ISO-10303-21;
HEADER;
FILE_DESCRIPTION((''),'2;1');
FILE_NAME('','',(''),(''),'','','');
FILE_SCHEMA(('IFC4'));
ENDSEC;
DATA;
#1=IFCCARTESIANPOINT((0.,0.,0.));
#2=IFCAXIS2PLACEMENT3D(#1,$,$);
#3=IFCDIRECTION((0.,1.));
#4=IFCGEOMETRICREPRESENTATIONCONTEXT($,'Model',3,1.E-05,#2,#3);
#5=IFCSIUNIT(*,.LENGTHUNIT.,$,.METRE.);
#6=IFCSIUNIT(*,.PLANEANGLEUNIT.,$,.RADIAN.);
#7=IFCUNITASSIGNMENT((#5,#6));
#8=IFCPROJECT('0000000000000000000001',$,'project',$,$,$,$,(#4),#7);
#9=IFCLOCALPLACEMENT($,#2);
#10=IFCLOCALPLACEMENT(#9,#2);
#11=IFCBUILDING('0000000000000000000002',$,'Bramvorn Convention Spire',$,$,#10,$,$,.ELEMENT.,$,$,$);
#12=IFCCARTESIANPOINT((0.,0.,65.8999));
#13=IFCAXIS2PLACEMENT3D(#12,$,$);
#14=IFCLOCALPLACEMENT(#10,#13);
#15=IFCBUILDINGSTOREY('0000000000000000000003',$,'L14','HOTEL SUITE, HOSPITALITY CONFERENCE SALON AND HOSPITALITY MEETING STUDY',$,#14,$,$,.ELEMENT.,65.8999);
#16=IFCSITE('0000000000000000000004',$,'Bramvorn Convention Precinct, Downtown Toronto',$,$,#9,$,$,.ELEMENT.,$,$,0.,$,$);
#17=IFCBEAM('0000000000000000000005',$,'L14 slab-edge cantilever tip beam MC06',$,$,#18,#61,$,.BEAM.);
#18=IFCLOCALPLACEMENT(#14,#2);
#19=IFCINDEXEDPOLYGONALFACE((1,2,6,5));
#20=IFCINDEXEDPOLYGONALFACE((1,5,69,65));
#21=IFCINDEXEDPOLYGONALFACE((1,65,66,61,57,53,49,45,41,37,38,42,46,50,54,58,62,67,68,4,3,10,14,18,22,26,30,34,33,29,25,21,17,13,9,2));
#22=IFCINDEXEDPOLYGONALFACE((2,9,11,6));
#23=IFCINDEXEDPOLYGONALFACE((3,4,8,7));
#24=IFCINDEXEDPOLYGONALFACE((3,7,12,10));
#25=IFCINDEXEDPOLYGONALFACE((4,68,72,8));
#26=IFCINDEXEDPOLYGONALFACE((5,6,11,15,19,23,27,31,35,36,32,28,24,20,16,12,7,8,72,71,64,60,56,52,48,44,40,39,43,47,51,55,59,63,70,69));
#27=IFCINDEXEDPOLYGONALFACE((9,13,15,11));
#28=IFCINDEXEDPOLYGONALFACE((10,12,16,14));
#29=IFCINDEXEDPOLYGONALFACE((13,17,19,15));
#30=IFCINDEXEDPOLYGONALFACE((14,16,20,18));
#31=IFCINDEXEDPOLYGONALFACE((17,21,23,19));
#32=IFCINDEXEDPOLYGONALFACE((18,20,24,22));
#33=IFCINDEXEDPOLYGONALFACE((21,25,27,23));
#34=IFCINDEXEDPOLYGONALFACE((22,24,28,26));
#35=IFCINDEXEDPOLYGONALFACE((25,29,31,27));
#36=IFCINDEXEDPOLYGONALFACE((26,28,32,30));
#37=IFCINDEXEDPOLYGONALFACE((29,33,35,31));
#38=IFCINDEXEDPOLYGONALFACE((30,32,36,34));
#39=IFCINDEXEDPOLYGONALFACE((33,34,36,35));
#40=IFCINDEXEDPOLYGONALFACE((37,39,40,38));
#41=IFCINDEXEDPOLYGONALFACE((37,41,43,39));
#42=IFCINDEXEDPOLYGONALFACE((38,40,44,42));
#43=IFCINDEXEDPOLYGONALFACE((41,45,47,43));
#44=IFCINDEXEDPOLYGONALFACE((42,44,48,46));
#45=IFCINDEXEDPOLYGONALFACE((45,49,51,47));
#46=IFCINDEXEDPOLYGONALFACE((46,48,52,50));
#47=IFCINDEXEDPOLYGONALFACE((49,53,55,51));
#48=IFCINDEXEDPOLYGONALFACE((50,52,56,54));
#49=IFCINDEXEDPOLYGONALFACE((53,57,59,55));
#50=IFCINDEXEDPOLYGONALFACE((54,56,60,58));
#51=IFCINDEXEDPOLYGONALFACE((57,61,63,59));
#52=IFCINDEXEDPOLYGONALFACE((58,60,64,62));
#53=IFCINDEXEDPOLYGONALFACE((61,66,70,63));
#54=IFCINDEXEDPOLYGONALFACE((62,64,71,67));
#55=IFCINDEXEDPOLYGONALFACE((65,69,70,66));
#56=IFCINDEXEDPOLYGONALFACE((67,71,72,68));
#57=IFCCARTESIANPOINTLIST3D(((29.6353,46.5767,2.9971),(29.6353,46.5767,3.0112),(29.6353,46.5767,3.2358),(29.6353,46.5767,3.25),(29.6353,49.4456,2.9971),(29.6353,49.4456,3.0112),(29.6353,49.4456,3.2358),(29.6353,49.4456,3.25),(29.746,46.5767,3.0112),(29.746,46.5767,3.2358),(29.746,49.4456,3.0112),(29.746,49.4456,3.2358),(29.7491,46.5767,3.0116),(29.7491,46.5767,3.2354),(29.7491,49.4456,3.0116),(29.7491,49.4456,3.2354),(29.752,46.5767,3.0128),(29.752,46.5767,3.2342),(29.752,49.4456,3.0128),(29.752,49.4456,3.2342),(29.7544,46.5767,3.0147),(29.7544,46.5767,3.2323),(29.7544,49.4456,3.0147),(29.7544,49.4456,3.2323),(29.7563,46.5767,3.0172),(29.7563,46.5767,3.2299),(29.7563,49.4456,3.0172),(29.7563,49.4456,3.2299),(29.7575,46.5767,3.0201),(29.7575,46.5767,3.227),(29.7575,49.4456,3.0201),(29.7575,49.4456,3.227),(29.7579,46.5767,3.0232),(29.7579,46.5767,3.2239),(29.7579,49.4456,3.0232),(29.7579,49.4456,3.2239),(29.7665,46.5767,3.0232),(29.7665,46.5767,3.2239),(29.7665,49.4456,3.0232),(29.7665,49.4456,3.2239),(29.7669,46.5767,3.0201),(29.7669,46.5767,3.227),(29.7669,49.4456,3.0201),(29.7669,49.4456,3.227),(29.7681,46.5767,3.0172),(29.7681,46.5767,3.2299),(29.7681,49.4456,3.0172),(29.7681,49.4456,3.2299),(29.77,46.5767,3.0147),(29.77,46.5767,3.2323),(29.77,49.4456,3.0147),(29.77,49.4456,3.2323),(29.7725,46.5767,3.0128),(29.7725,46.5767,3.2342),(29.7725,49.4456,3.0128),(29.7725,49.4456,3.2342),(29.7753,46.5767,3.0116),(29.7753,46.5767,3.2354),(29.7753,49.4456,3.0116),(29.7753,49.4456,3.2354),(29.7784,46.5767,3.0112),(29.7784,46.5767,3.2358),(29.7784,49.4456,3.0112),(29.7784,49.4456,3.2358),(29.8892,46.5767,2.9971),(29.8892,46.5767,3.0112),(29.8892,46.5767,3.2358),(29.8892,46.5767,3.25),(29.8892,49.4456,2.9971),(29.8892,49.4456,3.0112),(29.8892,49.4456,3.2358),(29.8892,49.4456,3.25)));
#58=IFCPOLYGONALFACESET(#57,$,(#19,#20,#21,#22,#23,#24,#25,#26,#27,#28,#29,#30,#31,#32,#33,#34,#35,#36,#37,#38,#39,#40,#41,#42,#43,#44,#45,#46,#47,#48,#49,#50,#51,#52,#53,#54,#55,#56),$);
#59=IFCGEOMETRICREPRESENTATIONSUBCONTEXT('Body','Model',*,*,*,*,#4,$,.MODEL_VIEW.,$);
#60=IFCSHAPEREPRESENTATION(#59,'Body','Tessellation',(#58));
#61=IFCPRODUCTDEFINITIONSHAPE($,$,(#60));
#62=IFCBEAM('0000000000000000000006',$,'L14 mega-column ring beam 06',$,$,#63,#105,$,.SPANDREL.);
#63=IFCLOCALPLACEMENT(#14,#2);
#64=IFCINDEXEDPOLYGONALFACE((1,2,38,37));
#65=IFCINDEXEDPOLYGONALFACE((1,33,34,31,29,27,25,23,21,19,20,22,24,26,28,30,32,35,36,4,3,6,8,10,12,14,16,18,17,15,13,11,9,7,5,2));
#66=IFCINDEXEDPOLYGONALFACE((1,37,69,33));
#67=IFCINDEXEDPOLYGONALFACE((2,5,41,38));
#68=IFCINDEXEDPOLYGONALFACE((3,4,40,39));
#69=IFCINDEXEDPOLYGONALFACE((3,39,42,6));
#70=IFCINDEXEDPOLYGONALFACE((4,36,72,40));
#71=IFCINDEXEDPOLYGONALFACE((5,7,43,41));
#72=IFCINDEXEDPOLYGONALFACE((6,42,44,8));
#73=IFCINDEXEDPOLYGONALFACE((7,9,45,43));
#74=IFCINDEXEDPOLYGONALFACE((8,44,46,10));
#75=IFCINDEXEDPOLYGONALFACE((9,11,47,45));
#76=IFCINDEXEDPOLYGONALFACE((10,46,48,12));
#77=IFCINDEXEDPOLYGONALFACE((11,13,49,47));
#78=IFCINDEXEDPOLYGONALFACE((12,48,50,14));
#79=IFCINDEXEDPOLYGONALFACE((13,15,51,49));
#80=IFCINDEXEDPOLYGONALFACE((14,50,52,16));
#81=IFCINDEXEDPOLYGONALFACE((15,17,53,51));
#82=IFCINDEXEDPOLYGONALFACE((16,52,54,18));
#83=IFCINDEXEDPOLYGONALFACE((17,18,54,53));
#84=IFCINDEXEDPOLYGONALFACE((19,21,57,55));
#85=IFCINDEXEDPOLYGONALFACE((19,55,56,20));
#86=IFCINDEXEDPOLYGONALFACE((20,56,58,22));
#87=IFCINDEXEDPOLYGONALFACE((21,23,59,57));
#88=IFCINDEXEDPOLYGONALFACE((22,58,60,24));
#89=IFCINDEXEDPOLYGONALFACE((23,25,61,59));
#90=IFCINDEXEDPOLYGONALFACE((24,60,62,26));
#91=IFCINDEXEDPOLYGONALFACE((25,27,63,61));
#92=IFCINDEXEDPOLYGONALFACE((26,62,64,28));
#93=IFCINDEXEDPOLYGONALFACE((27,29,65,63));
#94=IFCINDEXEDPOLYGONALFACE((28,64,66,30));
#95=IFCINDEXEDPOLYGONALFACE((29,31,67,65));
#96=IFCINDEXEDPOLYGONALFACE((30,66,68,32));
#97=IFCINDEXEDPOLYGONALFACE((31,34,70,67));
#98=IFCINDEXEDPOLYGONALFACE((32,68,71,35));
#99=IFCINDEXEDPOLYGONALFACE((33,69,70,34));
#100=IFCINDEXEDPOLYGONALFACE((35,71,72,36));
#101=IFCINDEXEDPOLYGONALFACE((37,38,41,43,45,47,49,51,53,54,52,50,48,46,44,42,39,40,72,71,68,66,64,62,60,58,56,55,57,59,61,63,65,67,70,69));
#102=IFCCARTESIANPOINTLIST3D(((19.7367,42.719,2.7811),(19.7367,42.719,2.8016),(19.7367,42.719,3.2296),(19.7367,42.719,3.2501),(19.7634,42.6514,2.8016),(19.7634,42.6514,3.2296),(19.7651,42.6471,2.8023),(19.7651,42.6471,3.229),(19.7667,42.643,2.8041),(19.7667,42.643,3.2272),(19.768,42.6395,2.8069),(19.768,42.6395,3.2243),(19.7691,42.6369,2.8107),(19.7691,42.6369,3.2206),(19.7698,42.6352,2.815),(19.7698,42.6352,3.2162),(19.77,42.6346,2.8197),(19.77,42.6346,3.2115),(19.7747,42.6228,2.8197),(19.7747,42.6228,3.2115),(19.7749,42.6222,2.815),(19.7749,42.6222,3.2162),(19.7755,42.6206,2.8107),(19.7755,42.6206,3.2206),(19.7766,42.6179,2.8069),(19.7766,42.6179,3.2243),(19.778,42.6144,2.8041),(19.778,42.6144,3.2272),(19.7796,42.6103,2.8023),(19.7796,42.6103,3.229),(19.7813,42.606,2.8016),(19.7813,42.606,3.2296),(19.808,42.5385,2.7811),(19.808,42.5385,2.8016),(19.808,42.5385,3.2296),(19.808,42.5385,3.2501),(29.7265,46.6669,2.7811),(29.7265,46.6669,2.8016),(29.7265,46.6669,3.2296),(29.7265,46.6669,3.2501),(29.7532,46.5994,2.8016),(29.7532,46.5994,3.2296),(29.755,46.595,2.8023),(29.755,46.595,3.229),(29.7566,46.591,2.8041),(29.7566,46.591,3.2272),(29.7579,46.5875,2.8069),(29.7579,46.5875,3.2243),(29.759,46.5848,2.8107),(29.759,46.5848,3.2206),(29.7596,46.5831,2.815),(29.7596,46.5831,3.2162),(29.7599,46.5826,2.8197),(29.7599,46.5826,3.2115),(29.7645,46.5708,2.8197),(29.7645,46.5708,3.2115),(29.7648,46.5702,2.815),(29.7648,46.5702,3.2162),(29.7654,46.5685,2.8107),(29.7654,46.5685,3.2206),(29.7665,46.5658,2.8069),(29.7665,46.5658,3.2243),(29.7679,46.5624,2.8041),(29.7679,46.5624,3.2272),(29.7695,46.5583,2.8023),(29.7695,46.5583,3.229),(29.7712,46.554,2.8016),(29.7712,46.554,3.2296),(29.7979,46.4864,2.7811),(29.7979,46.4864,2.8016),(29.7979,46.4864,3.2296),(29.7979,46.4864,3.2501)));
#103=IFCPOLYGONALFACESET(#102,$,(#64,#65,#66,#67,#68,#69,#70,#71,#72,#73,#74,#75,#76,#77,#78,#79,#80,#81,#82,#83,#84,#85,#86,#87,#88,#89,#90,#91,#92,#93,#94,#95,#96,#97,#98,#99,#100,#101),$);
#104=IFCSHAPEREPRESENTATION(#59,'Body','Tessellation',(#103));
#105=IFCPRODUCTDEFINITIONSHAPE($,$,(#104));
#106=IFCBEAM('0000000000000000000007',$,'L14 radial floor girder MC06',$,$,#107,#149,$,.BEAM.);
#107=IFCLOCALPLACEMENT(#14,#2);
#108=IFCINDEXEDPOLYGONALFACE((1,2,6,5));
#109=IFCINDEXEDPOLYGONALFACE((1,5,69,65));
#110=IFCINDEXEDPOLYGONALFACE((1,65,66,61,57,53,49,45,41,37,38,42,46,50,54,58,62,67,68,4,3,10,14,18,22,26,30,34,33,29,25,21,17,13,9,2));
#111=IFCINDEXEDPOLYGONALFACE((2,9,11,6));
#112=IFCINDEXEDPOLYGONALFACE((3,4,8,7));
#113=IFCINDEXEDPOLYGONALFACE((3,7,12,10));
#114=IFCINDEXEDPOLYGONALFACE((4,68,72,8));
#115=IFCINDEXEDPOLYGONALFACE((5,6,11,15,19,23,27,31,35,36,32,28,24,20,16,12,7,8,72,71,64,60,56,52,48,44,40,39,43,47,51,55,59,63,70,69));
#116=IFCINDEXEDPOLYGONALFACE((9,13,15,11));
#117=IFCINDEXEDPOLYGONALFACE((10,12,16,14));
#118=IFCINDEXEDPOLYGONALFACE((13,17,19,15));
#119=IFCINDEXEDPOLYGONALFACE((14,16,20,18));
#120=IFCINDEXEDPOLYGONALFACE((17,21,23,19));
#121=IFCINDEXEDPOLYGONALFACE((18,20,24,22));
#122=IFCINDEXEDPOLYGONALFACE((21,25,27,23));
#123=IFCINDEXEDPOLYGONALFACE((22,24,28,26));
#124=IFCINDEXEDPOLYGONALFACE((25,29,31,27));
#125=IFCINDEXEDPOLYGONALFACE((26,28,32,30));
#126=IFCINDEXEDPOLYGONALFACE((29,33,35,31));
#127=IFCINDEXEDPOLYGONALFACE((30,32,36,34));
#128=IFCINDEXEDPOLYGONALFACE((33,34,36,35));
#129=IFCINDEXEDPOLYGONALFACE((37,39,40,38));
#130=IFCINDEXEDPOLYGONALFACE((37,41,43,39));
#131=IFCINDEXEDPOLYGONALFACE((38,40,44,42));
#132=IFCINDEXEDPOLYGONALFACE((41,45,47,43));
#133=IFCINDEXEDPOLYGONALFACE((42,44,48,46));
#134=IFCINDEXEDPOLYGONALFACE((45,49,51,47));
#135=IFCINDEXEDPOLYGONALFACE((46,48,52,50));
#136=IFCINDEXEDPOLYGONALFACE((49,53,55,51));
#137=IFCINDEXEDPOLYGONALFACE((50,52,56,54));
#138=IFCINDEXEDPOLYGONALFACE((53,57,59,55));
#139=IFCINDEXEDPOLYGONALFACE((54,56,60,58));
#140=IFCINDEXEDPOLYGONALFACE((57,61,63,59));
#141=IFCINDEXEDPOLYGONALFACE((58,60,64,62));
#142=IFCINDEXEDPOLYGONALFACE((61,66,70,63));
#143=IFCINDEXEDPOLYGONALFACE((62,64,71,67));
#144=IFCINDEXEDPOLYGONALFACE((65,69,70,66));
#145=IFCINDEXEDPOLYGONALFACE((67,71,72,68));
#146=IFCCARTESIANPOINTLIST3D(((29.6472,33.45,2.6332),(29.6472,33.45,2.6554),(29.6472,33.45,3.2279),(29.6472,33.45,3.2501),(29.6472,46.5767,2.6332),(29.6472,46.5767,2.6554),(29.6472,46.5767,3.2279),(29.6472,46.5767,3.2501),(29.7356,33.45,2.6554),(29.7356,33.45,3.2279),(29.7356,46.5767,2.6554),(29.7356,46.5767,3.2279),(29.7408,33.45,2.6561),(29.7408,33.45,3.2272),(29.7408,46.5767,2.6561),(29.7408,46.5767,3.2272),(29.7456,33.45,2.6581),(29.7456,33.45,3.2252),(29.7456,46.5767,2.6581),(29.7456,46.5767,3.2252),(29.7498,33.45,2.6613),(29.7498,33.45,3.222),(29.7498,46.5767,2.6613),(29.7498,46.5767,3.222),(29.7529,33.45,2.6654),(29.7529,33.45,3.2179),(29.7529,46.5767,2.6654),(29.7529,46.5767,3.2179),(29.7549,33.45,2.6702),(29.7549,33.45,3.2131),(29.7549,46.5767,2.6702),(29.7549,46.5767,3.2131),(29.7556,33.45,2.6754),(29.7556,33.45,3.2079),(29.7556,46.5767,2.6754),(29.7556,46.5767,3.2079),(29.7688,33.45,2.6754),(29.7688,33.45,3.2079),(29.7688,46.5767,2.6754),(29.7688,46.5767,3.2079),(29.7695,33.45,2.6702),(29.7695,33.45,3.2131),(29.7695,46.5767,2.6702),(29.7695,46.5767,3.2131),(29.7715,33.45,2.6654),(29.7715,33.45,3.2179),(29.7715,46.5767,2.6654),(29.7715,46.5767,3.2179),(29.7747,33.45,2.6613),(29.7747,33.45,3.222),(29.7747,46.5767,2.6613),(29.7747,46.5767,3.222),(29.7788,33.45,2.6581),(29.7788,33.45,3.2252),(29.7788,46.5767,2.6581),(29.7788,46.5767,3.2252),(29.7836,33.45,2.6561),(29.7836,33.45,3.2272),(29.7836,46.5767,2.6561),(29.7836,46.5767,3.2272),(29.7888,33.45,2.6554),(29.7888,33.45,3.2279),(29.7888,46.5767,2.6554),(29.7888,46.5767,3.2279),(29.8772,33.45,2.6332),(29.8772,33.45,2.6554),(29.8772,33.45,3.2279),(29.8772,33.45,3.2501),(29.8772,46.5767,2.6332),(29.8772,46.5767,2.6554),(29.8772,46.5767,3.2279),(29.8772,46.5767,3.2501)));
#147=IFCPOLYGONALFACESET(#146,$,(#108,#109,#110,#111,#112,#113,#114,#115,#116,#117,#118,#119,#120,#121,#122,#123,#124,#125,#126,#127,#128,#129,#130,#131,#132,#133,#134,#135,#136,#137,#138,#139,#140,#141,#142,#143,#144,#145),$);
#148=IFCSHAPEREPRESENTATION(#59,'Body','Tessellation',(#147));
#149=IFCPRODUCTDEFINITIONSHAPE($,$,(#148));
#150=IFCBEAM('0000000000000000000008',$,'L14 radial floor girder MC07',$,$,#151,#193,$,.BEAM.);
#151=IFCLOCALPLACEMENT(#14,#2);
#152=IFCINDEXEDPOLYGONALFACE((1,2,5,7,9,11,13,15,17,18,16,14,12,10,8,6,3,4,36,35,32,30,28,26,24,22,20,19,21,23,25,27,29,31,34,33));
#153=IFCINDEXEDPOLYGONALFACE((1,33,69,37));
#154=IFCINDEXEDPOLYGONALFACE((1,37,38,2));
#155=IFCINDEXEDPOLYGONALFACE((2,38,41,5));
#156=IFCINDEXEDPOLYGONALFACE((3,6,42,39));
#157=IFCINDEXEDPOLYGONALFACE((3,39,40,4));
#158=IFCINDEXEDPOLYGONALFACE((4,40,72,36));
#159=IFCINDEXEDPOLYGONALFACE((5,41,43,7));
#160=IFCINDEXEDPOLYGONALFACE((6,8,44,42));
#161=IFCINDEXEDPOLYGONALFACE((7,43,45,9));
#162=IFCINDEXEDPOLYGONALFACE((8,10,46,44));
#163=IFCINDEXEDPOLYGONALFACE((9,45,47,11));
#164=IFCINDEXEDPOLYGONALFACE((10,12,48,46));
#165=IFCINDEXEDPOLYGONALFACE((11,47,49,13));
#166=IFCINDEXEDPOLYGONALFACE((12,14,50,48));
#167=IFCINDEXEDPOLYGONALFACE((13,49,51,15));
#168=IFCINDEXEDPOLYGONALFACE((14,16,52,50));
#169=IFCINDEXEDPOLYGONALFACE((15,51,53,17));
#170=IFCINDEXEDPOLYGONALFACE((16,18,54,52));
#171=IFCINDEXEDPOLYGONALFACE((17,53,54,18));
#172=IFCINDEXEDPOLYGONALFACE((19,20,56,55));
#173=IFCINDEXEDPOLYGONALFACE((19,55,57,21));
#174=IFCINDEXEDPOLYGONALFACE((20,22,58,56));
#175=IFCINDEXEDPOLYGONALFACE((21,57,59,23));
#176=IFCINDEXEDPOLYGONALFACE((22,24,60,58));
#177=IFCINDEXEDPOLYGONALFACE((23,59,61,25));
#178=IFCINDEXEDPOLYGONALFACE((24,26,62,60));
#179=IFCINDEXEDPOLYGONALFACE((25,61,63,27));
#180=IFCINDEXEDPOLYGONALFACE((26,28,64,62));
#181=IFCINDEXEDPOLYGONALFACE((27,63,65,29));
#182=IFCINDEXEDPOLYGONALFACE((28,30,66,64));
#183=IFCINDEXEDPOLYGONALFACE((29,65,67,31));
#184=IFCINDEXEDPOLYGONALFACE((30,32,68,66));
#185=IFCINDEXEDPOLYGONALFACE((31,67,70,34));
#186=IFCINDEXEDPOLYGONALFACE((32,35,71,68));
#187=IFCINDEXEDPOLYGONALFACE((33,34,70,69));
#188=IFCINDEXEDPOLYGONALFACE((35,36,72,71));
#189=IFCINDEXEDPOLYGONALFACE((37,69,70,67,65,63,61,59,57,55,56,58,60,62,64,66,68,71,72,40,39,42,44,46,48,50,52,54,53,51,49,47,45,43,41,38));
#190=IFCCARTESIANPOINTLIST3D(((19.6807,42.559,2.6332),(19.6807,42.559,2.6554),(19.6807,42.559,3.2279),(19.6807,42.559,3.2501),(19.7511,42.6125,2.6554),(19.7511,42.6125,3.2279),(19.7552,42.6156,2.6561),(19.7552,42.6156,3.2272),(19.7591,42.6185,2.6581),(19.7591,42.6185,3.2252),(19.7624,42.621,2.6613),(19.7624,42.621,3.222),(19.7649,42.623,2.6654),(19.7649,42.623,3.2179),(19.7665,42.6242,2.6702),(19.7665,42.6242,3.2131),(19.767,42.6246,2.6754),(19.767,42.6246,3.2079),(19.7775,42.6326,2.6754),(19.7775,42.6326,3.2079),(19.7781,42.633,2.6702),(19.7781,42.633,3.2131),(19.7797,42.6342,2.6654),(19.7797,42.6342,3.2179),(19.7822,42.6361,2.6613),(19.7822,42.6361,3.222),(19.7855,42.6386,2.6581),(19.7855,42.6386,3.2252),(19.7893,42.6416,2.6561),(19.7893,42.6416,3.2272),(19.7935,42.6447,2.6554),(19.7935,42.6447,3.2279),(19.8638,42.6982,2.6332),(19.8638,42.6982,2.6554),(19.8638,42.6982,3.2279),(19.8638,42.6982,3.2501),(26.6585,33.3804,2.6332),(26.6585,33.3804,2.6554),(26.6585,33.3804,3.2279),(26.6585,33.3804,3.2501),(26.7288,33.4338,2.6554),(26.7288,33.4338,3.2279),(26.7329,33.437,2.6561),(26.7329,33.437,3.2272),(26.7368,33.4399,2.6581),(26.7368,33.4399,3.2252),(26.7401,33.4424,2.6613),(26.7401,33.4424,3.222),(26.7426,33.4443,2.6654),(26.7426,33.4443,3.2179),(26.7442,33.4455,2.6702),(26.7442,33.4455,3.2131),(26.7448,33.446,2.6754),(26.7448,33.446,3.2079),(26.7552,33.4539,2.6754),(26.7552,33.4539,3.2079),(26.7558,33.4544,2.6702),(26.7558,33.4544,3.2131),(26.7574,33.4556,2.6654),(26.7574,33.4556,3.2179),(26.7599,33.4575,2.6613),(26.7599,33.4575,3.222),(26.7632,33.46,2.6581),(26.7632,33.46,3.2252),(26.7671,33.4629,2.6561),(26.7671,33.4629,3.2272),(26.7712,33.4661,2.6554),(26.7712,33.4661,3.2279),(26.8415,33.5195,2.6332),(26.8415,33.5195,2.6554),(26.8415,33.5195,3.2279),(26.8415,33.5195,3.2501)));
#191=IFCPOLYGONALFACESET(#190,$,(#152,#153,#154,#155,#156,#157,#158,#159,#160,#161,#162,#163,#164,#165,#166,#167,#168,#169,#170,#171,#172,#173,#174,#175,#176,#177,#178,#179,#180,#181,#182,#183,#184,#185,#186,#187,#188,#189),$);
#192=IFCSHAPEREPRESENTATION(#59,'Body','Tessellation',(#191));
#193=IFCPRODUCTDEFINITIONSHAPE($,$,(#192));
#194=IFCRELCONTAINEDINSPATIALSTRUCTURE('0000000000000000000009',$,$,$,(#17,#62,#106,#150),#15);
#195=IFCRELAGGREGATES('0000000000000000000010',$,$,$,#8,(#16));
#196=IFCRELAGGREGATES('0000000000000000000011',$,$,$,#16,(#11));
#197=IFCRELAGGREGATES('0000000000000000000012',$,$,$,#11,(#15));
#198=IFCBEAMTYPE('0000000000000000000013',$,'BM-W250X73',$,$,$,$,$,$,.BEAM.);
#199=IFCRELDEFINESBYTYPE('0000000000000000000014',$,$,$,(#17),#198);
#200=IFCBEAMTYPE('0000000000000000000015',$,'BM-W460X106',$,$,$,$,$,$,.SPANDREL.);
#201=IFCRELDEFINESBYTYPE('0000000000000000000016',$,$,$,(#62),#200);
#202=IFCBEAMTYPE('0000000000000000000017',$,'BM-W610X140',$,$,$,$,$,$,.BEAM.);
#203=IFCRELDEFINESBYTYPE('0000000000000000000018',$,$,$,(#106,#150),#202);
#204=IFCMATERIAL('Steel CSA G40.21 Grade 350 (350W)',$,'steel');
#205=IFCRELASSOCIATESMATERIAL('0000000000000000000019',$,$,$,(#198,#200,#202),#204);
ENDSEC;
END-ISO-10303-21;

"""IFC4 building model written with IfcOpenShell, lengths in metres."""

from ifc_helpers import new_model, si_unit, direction, frame, origin, origin_2d, place, context, subcontext, project, spatial, i_section, extrude, material, material_profile, profile_set, type_object, element, save


model = new_model("IFC4")

# Units and contexts
model_context = context("Model", 3, precision=1e-05, world=origin(), true_north=direction((0.0, 1.0)))
body_context = subcontext(model_context, "Body", "Model", "MODEL_VIEW")
ifc_project = project(units=[si_unit("LENGTHUNIT", "METRE"), si_unit("PLANEANGLEUNIT", "RADIAN")], contexts=[model_context])

# Site, building, storey
site_placement = place(None, origin())
site = spatial("IfcSite", under=ifc_project, at=site_placement, Name="Bramvorn Convention Precinct, Downtown Toronto", CompositionType="ELEMENT", RefElevation=0.0)
building_placement = place(site_placement, origin())
building = spatial("IfcBuilding", under=site, at=building_placement, Name="Bramvorn Convention Spire", CompositionType="ELEMENT")
storey_placement = place(building_placement, frame((0.0, 0.0, 65.8999)))
storey = spatial("IfcBuildingStorey", under=building, at=storey_placement, Name="L14", Description="HOTEL SUITE, HOSPITALITY CONFERENCE SALON AND HOSPITALITY MEETING STUDY", CompositionType="ELEMENT", Elevation=65.8999)

# Shared definitions
ifc_material_1 = material(Name="Steel CSA G40.21 Grade 350 (350W)", Category="steel")

# Beams
ifc_material_profile_1 = material_profile(ifc_material_1, i_section(OverallWidth=0.2539, OverallDepth=0.2529, WebThickness=0.0085, FlangeThickness=0.0142, FilletRadius=0.012, at=origin_2d()))
ifc_profile_set_1 = profile_set([ifc_material_profile_1], Name="Steel CSA G40.21 Grade 350 (350W) - W250X73")
beam_type_1 = type_object("IfcBeamType", Name="BM-W250X73", PredefinedType="BEAM", material=ifc_profile_set_1)
beam_1_placement = place(storey_placement, frame((29.7622, 46.5767, 3.1235), z_axis=(0.0, 1.0, 0.0), x_axis=(-1.0, 0.0, 0.0)))
element("IfcBeam", 1, at=beam_1_placement, inside=storey, type_object=beam_type_1, Name="L14 slab-edge cantilever tip beam MC06", PredefinedType="BEAM", context=body_context, shape_type="SweptSolid", body=[
    extrude(i_section(OverallWidth=0.2539, OverallDepth=0.2529, WebThickness=0.0085, FlangeThickness=0.0142, FilletRadius=0.012, at=origin_2d()), origin(), (0.0, 0.0, 1.0), 2.8689),
])
ifc_material_profile_2 = material_profile(ifc_material_1, i_section(OverallWidth=0.1941, OverallDepth=0.469, WebThickness=0.0127, FlangeThickness=0.0205, FilletRadius=0.0181, at=origin_2d()))
ifc_profile_set_2 = profile_set([ifc_material_profile_2], Name="Steel CSA G40.21 Grade 350 (350W) - W460X106")
beam_type_2 = type_object("IfcBeamType", Name="BM-W460X106", PredefinedType="SPANDREL", material=ifc_profile_set_2)
beam_2_placement = place(storey_placement, frame((29.7622, 46.5767, 3.0156), z_axis=(-0.93001, -0.367535, 0.0), x_axis=(0.367535, -0.93001, 0.0)))
element("IfcBeam", 2, at=beam_2_placement, inside=storey, type_object=beam_type_2, Name="L14 mega-column ring beam 06", PredefinedType="SPANDREL", context=body_context, shape_type="SweptSolid", body=[
    extrude(i_section(OverallWidth=0.1941, OverallDepth=0.469, WebThickness=0.0127, FlangeThickness=0.0205, FilletRadius=0.0181, at=origin_2d()), origin(), (0.0, 0.0, 1.0), 10.7417),
])
ifc_material_profile_3 = material_profile(ifc_material_1, i_section(OverallWidth=0.23, OverallDepth=0.6169, WebThickness=0.0132, FlangeThickness=0.0222, FilletRadius=0.02, at=origin_2d()))
ifc_profile_set_3 = profile_set([ifc_material_profile_3], Name="Steel CSA G40.21 Grade 350 (350W) - W610X140")
beam_type_3 = type_object("IfcBeamType", Name="BM-W610X140", PredefinedType="BEAM", material=ifc_profile_set_3)
beam_3_placement = place(storey_placement, frame((29.7622, 33.45, 2.9417), z_axis=(0.0, 1.0, 0.0), x_axis=(-1.0, 0.0, 0.0)))
element("IfcBeam", 3, at=beam_3_placement, inside=storey, type_object=beam_type_3, Name="L14 radial floor girder MC06", PredefinedType="BEAM", context=body_context, shape_type="SweptSolid", body=[
    extrude(i_section(OverallWidth=0.23, OverallDepth=0.6169, WebThickness=0.0132, FlangeThickness=0.0222, FilletRadius=0.02, at=origin_2d()), origin(), (0.0, 0.0, 1.0), 13.1267),
])
beam_4_placement = place(storey_placement, frame((26.75, 33.45, 2.9417), z_axis=(-0.605191, 0.79608, 0.0), x_axis=(-0.79608, -0.605191, 0.0)))
element("IfcBeam", 4, at=beam_4_placement, inside=storey, type_object=beam_type_3, Name="L14 radial floor girder MC07", PredefinedType="BEAM", context=body_context, shape_type="SweptSolid", body=[
    extrude(i_section(OverallWidth=0.23, OverallDepth=0.6169, WebThickness=0.0132, FlangeThickness=0.0222, FilletRadius=0.02, at=origin_2d()), origin(), (0.0, 0.0, 1.0), 11.5298),
])

save(model, "model.ifc")
